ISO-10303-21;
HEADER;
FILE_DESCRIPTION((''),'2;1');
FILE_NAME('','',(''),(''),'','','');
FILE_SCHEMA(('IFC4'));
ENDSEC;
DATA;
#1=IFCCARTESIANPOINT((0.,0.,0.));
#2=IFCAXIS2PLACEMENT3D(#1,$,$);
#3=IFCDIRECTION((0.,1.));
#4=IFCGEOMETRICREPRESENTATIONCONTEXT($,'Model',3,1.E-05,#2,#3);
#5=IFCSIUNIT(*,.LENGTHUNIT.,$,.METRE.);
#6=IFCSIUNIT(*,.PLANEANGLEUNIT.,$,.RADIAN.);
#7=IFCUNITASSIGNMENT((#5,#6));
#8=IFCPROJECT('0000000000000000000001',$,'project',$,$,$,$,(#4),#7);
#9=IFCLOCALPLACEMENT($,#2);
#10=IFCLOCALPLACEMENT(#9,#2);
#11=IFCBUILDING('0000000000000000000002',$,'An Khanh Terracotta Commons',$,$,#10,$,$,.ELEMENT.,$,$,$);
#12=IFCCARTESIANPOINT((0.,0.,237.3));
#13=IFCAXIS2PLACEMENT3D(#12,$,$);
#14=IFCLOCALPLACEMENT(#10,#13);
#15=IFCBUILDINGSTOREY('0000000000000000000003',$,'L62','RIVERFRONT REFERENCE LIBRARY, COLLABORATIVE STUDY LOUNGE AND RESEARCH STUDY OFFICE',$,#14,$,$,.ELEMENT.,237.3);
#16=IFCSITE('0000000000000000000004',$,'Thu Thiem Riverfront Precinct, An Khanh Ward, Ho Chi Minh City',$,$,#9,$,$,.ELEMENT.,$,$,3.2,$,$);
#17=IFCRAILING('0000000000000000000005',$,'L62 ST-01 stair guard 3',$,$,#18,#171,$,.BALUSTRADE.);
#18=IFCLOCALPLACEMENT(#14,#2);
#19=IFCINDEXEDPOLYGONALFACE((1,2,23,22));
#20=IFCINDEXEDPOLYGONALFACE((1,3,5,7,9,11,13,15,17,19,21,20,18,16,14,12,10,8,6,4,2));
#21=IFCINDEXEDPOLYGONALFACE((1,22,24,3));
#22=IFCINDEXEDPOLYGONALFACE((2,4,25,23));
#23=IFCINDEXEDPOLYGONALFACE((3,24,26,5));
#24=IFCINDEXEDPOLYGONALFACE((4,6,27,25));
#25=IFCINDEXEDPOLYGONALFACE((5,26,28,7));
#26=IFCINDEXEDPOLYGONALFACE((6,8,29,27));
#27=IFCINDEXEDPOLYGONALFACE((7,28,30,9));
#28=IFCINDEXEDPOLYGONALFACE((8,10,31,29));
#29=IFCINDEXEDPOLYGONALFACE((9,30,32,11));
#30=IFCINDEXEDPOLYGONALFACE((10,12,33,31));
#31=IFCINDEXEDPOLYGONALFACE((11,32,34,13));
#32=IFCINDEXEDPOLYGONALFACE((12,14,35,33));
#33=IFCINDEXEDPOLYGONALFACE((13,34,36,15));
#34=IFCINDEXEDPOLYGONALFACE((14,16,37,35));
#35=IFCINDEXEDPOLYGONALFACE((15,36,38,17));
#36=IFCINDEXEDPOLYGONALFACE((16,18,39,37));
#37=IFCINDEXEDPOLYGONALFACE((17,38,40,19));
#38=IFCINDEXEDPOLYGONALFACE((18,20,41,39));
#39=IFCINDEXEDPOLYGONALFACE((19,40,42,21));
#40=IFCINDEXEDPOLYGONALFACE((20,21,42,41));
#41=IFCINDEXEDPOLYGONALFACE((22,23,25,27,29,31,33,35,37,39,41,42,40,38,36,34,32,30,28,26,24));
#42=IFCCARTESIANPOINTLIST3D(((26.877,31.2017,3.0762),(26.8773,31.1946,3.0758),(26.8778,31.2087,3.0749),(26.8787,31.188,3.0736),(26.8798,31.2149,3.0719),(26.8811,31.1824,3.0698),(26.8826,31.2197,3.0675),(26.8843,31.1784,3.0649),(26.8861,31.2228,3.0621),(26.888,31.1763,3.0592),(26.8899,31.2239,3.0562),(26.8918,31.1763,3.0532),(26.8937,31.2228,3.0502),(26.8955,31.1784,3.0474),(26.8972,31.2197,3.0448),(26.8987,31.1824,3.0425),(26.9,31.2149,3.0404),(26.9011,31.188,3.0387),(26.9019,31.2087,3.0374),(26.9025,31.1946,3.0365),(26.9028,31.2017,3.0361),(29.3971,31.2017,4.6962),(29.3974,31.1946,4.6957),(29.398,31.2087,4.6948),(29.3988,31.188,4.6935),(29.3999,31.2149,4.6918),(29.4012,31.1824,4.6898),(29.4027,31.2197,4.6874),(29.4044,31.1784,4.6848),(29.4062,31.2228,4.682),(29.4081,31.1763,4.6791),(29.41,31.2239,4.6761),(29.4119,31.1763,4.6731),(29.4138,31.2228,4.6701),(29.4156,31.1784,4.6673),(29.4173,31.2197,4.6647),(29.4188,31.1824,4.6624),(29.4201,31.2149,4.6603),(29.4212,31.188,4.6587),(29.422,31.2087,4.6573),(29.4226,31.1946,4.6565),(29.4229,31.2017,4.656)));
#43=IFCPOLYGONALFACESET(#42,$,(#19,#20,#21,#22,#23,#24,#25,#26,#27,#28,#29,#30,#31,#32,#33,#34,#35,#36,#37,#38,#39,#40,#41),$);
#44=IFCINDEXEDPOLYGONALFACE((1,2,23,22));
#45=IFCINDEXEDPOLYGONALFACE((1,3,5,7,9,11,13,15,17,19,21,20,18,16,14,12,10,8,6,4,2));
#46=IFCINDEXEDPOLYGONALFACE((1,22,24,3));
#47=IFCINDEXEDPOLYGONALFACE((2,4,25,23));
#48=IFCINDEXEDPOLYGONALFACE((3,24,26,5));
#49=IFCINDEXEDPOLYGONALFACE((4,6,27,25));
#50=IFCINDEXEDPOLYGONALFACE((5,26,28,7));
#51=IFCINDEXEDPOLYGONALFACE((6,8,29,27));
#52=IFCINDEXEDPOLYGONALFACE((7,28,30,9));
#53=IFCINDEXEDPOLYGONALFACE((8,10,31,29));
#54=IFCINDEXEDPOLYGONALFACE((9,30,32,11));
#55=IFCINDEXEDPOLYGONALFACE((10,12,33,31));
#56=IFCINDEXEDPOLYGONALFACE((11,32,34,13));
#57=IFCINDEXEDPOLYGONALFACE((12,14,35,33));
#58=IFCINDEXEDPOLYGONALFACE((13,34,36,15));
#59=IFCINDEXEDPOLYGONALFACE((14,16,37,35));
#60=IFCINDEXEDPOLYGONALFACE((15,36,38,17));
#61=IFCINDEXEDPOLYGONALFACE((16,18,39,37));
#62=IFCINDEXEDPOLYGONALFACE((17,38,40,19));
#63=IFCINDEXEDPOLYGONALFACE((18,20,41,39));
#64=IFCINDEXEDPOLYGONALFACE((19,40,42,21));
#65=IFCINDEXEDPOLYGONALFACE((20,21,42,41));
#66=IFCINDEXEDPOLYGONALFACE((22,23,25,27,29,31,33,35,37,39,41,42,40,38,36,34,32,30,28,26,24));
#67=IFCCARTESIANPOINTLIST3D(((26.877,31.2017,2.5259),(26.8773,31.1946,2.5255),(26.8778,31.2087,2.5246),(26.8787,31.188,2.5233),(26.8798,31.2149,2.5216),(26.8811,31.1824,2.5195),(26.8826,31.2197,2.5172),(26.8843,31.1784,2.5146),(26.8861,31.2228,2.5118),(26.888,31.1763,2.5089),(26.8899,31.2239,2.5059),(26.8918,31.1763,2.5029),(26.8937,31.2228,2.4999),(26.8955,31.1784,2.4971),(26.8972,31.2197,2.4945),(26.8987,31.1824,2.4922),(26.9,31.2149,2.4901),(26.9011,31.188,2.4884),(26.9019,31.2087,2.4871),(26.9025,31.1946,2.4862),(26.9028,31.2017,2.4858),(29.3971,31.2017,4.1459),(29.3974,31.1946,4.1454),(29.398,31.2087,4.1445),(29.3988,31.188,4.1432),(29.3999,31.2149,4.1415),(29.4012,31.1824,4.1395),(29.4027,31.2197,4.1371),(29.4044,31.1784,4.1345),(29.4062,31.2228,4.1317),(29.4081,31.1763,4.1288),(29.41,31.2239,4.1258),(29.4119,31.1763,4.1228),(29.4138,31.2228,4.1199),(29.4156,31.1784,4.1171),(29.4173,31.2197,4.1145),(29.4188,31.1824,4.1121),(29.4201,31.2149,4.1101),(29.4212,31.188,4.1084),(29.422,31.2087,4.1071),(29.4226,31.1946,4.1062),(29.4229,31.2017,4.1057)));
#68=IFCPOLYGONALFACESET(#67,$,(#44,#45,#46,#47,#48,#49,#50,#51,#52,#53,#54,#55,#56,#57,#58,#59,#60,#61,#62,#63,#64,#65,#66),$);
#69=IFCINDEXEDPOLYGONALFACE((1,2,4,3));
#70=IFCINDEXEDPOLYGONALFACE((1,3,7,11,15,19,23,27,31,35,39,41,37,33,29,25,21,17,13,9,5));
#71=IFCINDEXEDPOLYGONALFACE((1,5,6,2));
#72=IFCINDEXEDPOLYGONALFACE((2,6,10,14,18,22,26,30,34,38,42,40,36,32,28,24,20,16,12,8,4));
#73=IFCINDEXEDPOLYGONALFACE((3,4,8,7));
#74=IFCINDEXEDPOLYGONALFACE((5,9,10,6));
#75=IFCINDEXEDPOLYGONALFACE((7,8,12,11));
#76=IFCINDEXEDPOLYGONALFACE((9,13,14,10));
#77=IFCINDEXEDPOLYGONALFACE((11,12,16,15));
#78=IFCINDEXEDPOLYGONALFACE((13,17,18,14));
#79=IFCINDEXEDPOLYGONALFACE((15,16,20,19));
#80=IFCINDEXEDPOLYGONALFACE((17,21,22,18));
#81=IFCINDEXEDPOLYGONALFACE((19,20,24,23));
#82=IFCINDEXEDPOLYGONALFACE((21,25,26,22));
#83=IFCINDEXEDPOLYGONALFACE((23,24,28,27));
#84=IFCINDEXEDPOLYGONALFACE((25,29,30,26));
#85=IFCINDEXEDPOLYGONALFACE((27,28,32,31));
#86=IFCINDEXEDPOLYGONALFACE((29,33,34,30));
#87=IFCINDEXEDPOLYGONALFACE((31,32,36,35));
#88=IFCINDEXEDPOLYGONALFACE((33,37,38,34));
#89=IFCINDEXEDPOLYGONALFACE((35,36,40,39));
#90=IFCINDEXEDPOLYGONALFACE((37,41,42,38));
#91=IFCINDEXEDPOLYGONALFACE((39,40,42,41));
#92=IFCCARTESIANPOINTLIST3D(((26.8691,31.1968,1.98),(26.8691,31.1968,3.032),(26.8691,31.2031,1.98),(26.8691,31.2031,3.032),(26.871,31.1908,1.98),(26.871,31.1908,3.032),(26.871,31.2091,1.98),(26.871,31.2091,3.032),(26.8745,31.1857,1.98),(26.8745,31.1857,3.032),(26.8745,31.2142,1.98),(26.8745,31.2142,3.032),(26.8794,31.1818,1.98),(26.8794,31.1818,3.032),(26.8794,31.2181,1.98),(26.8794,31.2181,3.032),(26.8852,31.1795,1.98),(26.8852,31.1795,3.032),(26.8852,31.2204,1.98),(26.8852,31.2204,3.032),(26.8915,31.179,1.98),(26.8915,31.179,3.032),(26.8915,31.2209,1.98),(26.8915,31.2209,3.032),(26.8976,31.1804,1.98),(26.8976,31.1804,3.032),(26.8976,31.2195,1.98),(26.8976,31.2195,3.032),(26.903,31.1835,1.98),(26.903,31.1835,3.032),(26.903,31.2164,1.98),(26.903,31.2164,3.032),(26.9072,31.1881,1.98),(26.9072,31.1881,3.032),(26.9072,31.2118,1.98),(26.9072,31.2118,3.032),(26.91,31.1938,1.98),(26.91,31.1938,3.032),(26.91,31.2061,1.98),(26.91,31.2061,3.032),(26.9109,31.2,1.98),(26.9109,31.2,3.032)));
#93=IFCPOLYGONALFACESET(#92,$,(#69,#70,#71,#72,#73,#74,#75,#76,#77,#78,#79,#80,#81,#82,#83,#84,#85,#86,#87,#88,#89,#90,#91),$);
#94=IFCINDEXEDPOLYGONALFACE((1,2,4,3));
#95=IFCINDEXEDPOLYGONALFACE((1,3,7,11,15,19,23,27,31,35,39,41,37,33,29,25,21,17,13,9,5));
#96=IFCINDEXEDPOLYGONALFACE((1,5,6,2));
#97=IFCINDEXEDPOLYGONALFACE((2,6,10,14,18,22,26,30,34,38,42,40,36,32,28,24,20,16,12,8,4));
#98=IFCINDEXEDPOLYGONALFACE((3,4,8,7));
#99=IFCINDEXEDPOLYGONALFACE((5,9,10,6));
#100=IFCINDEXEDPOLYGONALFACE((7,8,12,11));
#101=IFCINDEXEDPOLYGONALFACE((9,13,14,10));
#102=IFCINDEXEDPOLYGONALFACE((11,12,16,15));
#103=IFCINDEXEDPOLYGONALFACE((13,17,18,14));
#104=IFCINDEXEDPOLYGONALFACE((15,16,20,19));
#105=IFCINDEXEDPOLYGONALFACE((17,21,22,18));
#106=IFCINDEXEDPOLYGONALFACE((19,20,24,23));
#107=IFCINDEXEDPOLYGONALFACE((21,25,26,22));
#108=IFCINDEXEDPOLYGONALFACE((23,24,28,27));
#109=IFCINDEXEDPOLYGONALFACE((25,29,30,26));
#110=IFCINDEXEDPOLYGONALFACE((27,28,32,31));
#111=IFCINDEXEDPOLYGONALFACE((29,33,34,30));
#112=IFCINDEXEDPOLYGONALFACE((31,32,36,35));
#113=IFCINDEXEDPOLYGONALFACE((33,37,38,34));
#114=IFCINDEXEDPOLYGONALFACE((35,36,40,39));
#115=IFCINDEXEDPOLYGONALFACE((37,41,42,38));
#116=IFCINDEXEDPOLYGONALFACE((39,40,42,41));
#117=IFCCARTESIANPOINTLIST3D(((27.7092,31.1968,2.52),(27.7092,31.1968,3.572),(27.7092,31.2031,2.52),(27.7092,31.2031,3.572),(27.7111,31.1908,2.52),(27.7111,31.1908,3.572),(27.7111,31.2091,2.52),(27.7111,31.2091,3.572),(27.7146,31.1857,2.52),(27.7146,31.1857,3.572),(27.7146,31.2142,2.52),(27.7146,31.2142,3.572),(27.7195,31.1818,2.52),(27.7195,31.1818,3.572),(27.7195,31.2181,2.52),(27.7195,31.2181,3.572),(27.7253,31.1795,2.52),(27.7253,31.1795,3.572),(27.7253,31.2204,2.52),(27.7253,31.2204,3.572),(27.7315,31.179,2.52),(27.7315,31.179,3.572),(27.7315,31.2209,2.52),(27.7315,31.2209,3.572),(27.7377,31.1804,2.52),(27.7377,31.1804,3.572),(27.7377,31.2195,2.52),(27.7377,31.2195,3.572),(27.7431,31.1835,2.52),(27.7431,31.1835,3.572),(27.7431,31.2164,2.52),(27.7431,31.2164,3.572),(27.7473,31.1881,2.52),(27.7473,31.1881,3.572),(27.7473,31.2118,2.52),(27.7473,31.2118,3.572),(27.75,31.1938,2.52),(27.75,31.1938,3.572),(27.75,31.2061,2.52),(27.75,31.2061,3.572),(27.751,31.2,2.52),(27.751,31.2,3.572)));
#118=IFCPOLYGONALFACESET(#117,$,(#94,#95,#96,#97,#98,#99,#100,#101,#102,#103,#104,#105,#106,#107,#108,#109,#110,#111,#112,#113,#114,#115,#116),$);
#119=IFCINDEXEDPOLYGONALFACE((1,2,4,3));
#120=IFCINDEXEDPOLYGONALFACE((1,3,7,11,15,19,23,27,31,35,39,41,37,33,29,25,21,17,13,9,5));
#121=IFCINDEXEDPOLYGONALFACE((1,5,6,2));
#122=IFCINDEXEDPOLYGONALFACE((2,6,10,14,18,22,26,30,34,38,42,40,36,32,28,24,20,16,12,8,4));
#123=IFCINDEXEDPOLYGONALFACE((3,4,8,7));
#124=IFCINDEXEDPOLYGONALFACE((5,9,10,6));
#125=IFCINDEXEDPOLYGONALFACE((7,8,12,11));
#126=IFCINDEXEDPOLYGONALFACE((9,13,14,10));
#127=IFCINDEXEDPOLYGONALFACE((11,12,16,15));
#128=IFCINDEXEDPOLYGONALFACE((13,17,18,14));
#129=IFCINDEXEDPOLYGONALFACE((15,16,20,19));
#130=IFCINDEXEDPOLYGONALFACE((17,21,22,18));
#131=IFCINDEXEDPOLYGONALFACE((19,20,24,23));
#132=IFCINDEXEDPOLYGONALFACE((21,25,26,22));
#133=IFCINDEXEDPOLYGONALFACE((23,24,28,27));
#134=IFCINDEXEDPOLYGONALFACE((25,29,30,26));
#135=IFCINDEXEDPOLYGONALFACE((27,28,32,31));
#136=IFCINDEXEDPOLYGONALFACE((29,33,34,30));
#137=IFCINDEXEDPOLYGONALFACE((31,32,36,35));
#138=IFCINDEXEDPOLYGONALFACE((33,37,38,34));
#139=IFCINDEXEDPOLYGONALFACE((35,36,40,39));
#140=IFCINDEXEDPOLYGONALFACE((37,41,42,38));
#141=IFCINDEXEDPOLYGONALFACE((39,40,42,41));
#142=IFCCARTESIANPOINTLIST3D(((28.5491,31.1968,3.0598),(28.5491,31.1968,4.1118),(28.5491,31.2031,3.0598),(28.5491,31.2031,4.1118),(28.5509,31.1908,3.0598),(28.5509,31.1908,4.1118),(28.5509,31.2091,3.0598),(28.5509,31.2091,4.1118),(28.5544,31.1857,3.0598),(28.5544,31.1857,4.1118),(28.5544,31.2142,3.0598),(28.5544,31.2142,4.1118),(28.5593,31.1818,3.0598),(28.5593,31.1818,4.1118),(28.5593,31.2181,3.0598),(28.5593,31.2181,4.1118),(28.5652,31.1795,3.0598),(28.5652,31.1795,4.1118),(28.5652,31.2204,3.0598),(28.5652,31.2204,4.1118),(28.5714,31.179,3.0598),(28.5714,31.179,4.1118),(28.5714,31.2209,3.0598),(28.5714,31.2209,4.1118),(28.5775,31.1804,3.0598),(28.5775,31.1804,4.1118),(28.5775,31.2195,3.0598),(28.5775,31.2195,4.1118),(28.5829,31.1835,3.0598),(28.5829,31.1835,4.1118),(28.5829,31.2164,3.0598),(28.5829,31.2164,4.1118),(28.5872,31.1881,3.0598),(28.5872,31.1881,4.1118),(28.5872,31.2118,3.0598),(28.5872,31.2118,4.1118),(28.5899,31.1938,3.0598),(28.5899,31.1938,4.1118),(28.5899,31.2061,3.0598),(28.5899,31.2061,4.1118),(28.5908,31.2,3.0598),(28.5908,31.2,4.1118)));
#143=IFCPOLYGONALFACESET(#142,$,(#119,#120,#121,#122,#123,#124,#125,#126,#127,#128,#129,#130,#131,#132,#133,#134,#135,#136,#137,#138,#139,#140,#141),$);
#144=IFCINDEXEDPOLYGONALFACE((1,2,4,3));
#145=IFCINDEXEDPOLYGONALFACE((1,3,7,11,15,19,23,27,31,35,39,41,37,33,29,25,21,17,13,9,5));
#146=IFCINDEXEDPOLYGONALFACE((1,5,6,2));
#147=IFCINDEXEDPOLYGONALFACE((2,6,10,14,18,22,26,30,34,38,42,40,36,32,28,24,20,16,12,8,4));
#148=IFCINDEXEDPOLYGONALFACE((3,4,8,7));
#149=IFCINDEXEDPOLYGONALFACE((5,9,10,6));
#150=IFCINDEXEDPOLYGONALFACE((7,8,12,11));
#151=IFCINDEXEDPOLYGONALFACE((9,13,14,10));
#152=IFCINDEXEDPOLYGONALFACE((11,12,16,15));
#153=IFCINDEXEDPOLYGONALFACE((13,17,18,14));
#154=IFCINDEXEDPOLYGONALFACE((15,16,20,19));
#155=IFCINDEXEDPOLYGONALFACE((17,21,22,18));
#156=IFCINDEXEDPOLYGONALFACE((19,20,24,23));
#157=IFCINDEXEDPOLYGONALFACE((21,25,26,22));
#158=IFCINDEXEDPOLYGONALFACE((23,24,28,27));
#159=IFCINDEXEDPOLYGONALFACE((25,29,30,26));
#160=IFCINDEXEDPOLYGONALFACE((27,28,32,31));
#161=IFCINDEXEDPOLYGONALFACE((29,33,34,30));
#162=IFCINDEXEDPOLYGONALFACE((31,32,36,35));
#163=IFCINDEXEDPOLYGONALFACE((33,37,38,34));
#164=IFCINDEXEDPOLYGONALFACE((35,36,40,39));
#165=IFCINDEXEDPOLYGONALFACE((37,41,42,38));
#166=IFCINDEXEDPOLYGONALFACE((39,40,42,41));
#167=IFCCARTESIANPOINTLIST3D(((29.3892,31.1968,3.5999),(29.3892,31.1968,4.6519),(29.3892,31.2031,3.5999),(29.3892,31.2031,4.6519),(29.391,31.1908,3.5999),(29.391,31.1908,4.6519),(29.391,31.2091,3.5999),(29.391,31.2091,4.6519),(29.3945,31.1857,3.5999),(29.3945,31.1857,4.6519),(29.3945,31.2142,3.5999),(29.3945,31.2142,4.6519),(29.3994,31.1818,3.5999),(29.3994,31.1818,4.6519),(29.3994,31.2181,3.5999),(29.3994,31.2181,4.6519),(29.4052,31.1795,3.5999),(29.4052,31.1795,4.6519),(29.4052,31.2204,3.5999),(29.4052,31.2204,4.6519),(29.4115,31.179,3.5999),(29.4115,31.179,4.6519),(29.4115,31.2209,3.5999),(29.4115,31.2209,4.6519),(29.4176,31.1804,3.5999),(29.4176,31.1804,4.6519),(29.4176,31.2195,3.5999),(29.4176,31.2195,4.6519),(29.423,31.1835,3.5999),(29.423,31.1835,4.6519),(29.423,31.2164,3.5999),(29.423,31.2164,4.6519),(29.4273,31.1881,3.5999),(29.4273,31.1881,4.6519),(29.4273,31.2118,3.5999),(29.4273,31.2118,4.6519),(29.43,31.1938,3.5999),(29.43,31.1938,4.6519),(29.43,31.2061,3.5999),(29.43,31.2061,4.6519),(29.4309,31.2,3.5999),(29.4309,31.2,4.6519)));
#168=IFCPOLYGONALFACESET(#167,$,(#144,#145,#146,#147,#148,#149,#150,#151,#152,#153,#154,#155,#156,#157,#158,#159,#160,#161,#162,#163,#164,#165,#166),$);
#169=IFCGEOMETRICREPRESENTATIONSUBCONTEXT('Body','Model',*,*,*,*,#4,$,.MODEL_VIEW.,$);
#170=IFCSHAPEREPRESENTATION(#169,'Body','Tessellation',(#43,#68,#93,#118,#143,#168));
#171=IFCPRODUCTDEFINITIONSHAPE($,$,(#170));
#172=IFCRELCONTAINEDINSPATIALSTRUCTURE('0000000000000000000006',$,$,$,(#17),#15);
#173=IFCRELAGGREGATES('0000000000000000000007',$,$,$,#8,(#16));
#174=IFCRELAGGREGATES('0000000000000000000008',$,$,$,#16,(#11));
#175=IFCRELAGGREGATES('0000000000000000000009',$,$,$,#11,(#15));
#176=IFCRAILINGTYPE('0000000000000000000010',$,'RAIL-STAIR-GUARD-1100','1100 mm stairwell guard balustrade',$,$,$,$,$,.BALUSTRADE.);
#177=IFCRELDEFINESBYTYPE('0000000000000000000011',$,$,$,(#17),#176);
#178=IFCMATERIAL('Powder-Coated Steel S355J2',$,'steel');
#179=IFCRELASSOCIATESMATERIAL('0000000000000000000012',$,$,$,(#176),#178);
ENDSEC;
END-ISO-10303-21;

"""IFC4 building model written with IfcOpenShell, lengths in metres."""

from ifc_helpers import new_model, si_unit, direction, frame, origin, origin_2d, place, context, subcontext, project, spatial, circle, extrude, material, type_object, element, save


model = new_model("IFC4")

# Units and contexts
model_context = context("Model", 3, precision=1e-05, world=origin(), true_north=direction((0.0, 1.0)))
body_context = subcontext(model_context, "Body", "Model", "MODEL_VIEW")
ifc_project = project(units=[si_unit("LENGTHUNIT", "METRE"), si_unit("PLANEANGLEUNIT", "RADIAN")], contexts=[model_context])

# Site, building, storey
site_placement = place(None, origin())
site = spatial("IfcSite", under=ifc_project, at=site_placement, Name="Thu Thiem Riverfront Precinct, An Khanh Ward, Ho Chi Minh City", CompositionType="ELEMENT", RefElevation=3.2)
building_placement = place(site_placement, origin())
building = spatial("IfcBuilding", under=site, at=building_placement, Name="An Khanh Terracotta Commons", CompositionType="ELEMENT")
storey_placement = place(building_placement, frame((0.0, 0.0, 237.3)))
storey = spatial("IfcBuildingStorey", under=building, at=storey_placement, Name="L62", Description="RIVERFRONT REFERENCE LIBRARY, COLLABORATIVE STUDY LOUNGE AND RESEARCH STUDY OFFICE", CompositionType="ELEMENT", Elevation=237.3)

# Railing
ifc_material_1 = material(Name="Powder-Coated Steel S355J2", Category="steel")
railing_type_1 = type_object("IfcRailingType", Name="RAIL-STAIR-GUARD-1100", Description="1100 mm stairwell guard balustrade", PredefinedType="BALUSTRADE", material=ifc_material_1)
railing_1_placement = place(storey_placement, frame((26.8899, 31.2, 1.98)))
element("IfcRailing", 1, at=railing_1_placement, inside=storey, type_object=railing_type_1, Name="L62 ST-01 stair guard 3", PredefinedType="BALUSTRADE", context=body_context, shape_type="SweptSolid", body=[
    extrude(circle(Radius=0.0239, at=origin_2d()), frame((0.0, 0.0, 1.0762), z_axis=(0.8412, 0.0, 0.540725), x_axis=(0.0, 1.0, 0.0)), (0.0, 0.0, 1.0), 2.9958),
    extrude(circle(Radius=0.0239, at=origin_2d()), frame((0.0, 0.0, 0.5259), z_axis=(0.8412, 0.0, 0.540725), x_axis=(0.0, 1.0, 0.0)), (0.0, 0.0, 1.0), 2.9958),
    extrude(circle(Radius=0.021, at=origin_2d()), origin(), (0.0, 0.0, 1.0), 1.052),
    extrude(circle(Radius=0.021, at=origin_2d()), frame((0.8401, 0.0, 0.54)), (0.0, 0.0, 1.0), 1.052),
    extrude(circle(Radius=0.021, at=origin_2d()), frame((1.6799, 0.0, 1.0798)), (0.0, 0.0, 1.0), 1.052),
    extrude(circle(Radius=0.021, at=origin_2d()), frame((2.52, 0.0, 1.6199)), (0.0, 0.0, 1.0), 1.052),
])

save(model, "model.ifc")
